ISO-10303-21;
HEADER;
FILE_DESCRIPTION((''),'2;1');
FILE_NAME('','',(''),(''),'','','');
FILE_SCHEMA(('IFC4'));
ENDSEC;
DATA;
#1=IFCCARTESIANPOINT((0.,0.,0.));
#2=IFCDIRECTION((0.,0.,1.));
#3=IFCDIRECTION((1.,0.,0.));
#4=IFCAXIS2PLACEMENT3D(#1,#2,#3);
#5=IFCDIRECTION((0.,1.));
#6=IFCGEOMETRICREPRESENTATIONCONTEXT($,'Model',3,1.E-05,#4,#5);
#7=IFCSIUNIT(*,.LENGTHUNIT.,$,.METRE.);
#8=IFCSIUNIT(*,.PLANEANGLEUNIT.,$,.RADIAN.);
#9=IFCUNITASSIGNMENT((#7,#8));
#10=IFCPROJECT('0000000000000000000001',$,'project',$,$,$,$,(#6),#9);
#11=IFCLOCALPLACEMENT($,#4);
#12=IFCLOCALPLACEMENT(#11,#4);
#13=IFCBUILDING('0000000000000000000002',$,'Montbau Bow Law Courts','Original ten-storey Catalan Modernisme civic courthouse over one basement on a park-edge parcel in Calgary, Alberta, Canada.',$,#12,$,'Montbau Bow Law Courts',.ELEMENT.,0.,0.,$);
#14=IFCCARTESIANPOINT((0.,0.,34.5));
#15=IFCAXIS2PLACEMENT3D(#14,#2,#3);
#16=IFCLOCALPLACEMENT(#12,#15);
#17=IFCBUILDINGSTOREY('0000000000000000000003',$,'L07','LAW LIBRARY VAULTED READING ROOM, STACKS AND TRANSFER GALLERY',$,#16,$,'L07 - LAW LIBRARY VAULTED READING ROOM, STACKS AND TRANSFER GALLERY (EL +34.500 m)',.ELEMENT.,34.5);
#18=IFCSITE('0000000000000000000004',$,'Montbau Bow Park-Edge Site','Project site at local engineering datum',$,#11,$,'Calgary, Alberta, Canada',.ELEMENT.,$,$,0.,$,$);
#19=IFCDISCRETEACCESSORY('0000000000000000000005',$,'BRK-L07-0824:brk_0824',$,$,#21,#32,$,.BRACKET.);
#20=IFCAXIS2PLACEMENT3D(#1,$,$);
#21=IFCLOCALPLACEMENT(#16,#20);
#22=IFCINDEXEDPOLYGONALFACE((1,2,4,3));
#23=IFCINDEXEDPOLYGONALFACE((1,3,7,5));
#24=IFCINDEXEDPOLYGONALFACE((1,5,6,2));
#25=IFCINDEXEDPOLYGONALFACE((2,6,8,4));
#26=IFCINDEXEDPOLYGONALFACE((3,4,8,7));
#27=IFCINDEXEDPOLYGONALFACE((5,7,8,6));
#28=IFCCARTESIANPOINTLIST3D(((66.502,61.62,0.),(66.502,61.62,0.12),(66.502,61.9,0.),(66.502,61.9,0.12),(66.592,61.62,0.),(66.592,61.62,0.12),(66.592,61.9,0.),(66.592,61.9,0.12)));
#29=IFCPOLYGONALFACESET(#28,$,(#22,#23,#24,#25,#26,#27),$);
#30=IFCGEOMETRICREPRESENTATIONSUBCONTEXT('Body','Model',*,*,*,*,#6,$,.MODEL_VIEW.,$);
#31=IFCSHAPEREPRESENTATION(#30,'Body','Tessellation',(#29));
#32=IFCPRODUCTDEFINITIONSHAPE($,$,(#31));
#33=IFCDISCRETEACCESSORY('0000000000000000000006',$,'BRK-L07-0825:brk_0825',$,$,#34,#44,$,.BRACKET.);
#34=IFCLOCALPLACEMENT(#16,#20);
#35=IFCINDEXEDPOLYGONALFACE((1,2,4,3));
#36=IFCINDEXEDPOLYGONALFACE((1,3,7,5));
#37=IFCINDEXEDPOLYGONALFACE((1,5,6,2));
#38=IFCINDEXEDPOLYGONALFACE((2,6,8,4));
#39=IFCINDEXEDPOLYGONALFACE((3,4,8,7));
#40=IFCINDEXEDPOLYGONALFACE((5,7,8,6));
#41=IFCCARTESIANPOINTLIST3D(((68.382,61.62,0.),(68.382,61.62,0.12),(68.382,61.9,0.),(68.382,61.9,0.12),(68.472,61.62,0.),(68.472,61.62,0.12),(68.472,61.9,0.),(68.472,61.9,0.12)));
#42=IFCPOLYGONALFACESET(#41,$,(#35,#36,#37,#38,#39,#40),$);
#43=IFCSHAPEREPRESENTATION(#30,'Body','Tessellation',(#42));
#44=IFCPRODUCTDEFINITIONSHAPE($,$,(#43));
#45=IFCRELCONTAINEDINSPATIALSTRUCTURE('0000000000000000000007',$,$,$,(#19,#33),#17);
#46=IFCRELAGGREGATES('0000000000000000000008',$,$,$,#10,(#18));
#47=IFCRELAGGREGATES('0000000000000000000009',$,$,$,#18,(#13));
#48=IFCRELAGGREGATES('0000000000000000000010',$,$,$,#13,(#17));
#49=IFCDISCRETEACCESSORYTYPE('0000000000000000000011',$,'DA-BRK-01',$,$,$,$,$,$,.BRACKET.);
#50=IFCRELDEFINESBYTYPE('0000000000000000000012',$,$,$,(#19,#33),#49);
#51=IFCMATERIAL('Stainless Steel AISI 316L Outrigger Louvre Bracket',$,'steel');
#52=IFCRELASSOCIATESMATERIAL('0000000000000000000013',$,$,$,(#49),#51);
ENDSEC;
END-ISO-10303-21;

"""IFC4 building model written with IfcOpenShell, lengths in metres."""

from ifc_helpers import new_model, si_unit, direction, frame, origin_with_axes, origin_2d_with_axis, place, context, subcontext, project, spatial, rectangle, extrude, material, type_object, element, save


model = new_model("IFC4")

# Units and contexts
model_context = context("Model", 3, precision=1e-05, world=origin_with_axes(), true_north=direction((0.0, 1.0)))
body_context = subcontext(model_context, "Body", "Model", "MODEL_VIEW")
ifc_project = project(units=[si_unit("LENGTHUNIT", "METRE"), si_unit("PLANEANGLEUNIT", "RADIAN")], contexts=[model_context])

# Site, building, storey
site_placement = place(None, origin_with_axes())
site = spatial("IfcSite", under=ifc_project, at=site_placement, Name="Montbau Bow Park-Edge Site", Description="Project site at local engineering datum", LongName="Calgary, Alberta, Canada", CompositionType="ELEMENT", RefElevation=0.0)
building_placement = place(site_placement, origin_with_axes())
building = spatial("IfcBuilding", under=site, at=building_placement, Name="Montbau Bow Law Courts", Description="Original ten-storey Catalan Modernisme civic courthouse over one basement on a park-edge parcel in Calgary, Alberta, Canada.", LongName="Montbau Bow Law Courts", CompositionType="ELEMENT", ElevationOfRefHeight=0.0, ElevationOfTerrain=0.0)
storey_placement = place(building_placement, frame((0.0, 0.0, 34.5), z_axis=(0.0, 0.0, 1.0), x_axis=(1.0, 0.0, 0.0)))
storey = spatial("IfcBuildingStorey", under=building, at=storey_placement, Name="L07", Description="LAW LIBRARY VAULTED READING ROOM, STACKS AND TRANSFER GALLERY", LongName="L07 - LAW LIBRARY VAULTED READING ROOM, STACKS AND TRANSFER GALLERY (EL +34.500 m)", CompositionType="ELEMENT", Elevation=34.5)

# Discrete accessories
ifc_material_1 = material(Name="Stainless Steel AISI 316L Outrigger Louvre Bracket", Category="steel")
discrete_accessory_type = type_object("IfcDiscreteAccessoryType", Name="DA-BRK-01", PredefinedType="BRACKET", material=ifc_material_1)
for number, where, z_axis, x_axis, name in (
    (1, (66.547, 61.76, 34.5), (0.0, 0.0, 1.0), (0.0, 1.0, 0.0), "BRK-L07-0824:brk_0824"),
    (2, (68.427, 61.76, 34.5), (0.0, 0.0, 1.0), (0.0, 1.0, 0.0), "BRK-L07-0825:brk_0825"),
):
    element("IfcDiscreteAccessory", number, at=place(None, frame(where, z_axis=z_axis, x_axis=x_axis)), inside=storey, type_object=discrete_accessory_type, Name=name, PredefinedType="BRACKET", context=body_context, shape_type="SweptSolid", body=[
        extrude(rectangle(XDim=0.28, YDim=0.09, at=origin_2d_with_axis()), origin_with_axes(), (0.0, 0.0, 1.0), 0.12),
    ])

save(model, "model.ifc")
